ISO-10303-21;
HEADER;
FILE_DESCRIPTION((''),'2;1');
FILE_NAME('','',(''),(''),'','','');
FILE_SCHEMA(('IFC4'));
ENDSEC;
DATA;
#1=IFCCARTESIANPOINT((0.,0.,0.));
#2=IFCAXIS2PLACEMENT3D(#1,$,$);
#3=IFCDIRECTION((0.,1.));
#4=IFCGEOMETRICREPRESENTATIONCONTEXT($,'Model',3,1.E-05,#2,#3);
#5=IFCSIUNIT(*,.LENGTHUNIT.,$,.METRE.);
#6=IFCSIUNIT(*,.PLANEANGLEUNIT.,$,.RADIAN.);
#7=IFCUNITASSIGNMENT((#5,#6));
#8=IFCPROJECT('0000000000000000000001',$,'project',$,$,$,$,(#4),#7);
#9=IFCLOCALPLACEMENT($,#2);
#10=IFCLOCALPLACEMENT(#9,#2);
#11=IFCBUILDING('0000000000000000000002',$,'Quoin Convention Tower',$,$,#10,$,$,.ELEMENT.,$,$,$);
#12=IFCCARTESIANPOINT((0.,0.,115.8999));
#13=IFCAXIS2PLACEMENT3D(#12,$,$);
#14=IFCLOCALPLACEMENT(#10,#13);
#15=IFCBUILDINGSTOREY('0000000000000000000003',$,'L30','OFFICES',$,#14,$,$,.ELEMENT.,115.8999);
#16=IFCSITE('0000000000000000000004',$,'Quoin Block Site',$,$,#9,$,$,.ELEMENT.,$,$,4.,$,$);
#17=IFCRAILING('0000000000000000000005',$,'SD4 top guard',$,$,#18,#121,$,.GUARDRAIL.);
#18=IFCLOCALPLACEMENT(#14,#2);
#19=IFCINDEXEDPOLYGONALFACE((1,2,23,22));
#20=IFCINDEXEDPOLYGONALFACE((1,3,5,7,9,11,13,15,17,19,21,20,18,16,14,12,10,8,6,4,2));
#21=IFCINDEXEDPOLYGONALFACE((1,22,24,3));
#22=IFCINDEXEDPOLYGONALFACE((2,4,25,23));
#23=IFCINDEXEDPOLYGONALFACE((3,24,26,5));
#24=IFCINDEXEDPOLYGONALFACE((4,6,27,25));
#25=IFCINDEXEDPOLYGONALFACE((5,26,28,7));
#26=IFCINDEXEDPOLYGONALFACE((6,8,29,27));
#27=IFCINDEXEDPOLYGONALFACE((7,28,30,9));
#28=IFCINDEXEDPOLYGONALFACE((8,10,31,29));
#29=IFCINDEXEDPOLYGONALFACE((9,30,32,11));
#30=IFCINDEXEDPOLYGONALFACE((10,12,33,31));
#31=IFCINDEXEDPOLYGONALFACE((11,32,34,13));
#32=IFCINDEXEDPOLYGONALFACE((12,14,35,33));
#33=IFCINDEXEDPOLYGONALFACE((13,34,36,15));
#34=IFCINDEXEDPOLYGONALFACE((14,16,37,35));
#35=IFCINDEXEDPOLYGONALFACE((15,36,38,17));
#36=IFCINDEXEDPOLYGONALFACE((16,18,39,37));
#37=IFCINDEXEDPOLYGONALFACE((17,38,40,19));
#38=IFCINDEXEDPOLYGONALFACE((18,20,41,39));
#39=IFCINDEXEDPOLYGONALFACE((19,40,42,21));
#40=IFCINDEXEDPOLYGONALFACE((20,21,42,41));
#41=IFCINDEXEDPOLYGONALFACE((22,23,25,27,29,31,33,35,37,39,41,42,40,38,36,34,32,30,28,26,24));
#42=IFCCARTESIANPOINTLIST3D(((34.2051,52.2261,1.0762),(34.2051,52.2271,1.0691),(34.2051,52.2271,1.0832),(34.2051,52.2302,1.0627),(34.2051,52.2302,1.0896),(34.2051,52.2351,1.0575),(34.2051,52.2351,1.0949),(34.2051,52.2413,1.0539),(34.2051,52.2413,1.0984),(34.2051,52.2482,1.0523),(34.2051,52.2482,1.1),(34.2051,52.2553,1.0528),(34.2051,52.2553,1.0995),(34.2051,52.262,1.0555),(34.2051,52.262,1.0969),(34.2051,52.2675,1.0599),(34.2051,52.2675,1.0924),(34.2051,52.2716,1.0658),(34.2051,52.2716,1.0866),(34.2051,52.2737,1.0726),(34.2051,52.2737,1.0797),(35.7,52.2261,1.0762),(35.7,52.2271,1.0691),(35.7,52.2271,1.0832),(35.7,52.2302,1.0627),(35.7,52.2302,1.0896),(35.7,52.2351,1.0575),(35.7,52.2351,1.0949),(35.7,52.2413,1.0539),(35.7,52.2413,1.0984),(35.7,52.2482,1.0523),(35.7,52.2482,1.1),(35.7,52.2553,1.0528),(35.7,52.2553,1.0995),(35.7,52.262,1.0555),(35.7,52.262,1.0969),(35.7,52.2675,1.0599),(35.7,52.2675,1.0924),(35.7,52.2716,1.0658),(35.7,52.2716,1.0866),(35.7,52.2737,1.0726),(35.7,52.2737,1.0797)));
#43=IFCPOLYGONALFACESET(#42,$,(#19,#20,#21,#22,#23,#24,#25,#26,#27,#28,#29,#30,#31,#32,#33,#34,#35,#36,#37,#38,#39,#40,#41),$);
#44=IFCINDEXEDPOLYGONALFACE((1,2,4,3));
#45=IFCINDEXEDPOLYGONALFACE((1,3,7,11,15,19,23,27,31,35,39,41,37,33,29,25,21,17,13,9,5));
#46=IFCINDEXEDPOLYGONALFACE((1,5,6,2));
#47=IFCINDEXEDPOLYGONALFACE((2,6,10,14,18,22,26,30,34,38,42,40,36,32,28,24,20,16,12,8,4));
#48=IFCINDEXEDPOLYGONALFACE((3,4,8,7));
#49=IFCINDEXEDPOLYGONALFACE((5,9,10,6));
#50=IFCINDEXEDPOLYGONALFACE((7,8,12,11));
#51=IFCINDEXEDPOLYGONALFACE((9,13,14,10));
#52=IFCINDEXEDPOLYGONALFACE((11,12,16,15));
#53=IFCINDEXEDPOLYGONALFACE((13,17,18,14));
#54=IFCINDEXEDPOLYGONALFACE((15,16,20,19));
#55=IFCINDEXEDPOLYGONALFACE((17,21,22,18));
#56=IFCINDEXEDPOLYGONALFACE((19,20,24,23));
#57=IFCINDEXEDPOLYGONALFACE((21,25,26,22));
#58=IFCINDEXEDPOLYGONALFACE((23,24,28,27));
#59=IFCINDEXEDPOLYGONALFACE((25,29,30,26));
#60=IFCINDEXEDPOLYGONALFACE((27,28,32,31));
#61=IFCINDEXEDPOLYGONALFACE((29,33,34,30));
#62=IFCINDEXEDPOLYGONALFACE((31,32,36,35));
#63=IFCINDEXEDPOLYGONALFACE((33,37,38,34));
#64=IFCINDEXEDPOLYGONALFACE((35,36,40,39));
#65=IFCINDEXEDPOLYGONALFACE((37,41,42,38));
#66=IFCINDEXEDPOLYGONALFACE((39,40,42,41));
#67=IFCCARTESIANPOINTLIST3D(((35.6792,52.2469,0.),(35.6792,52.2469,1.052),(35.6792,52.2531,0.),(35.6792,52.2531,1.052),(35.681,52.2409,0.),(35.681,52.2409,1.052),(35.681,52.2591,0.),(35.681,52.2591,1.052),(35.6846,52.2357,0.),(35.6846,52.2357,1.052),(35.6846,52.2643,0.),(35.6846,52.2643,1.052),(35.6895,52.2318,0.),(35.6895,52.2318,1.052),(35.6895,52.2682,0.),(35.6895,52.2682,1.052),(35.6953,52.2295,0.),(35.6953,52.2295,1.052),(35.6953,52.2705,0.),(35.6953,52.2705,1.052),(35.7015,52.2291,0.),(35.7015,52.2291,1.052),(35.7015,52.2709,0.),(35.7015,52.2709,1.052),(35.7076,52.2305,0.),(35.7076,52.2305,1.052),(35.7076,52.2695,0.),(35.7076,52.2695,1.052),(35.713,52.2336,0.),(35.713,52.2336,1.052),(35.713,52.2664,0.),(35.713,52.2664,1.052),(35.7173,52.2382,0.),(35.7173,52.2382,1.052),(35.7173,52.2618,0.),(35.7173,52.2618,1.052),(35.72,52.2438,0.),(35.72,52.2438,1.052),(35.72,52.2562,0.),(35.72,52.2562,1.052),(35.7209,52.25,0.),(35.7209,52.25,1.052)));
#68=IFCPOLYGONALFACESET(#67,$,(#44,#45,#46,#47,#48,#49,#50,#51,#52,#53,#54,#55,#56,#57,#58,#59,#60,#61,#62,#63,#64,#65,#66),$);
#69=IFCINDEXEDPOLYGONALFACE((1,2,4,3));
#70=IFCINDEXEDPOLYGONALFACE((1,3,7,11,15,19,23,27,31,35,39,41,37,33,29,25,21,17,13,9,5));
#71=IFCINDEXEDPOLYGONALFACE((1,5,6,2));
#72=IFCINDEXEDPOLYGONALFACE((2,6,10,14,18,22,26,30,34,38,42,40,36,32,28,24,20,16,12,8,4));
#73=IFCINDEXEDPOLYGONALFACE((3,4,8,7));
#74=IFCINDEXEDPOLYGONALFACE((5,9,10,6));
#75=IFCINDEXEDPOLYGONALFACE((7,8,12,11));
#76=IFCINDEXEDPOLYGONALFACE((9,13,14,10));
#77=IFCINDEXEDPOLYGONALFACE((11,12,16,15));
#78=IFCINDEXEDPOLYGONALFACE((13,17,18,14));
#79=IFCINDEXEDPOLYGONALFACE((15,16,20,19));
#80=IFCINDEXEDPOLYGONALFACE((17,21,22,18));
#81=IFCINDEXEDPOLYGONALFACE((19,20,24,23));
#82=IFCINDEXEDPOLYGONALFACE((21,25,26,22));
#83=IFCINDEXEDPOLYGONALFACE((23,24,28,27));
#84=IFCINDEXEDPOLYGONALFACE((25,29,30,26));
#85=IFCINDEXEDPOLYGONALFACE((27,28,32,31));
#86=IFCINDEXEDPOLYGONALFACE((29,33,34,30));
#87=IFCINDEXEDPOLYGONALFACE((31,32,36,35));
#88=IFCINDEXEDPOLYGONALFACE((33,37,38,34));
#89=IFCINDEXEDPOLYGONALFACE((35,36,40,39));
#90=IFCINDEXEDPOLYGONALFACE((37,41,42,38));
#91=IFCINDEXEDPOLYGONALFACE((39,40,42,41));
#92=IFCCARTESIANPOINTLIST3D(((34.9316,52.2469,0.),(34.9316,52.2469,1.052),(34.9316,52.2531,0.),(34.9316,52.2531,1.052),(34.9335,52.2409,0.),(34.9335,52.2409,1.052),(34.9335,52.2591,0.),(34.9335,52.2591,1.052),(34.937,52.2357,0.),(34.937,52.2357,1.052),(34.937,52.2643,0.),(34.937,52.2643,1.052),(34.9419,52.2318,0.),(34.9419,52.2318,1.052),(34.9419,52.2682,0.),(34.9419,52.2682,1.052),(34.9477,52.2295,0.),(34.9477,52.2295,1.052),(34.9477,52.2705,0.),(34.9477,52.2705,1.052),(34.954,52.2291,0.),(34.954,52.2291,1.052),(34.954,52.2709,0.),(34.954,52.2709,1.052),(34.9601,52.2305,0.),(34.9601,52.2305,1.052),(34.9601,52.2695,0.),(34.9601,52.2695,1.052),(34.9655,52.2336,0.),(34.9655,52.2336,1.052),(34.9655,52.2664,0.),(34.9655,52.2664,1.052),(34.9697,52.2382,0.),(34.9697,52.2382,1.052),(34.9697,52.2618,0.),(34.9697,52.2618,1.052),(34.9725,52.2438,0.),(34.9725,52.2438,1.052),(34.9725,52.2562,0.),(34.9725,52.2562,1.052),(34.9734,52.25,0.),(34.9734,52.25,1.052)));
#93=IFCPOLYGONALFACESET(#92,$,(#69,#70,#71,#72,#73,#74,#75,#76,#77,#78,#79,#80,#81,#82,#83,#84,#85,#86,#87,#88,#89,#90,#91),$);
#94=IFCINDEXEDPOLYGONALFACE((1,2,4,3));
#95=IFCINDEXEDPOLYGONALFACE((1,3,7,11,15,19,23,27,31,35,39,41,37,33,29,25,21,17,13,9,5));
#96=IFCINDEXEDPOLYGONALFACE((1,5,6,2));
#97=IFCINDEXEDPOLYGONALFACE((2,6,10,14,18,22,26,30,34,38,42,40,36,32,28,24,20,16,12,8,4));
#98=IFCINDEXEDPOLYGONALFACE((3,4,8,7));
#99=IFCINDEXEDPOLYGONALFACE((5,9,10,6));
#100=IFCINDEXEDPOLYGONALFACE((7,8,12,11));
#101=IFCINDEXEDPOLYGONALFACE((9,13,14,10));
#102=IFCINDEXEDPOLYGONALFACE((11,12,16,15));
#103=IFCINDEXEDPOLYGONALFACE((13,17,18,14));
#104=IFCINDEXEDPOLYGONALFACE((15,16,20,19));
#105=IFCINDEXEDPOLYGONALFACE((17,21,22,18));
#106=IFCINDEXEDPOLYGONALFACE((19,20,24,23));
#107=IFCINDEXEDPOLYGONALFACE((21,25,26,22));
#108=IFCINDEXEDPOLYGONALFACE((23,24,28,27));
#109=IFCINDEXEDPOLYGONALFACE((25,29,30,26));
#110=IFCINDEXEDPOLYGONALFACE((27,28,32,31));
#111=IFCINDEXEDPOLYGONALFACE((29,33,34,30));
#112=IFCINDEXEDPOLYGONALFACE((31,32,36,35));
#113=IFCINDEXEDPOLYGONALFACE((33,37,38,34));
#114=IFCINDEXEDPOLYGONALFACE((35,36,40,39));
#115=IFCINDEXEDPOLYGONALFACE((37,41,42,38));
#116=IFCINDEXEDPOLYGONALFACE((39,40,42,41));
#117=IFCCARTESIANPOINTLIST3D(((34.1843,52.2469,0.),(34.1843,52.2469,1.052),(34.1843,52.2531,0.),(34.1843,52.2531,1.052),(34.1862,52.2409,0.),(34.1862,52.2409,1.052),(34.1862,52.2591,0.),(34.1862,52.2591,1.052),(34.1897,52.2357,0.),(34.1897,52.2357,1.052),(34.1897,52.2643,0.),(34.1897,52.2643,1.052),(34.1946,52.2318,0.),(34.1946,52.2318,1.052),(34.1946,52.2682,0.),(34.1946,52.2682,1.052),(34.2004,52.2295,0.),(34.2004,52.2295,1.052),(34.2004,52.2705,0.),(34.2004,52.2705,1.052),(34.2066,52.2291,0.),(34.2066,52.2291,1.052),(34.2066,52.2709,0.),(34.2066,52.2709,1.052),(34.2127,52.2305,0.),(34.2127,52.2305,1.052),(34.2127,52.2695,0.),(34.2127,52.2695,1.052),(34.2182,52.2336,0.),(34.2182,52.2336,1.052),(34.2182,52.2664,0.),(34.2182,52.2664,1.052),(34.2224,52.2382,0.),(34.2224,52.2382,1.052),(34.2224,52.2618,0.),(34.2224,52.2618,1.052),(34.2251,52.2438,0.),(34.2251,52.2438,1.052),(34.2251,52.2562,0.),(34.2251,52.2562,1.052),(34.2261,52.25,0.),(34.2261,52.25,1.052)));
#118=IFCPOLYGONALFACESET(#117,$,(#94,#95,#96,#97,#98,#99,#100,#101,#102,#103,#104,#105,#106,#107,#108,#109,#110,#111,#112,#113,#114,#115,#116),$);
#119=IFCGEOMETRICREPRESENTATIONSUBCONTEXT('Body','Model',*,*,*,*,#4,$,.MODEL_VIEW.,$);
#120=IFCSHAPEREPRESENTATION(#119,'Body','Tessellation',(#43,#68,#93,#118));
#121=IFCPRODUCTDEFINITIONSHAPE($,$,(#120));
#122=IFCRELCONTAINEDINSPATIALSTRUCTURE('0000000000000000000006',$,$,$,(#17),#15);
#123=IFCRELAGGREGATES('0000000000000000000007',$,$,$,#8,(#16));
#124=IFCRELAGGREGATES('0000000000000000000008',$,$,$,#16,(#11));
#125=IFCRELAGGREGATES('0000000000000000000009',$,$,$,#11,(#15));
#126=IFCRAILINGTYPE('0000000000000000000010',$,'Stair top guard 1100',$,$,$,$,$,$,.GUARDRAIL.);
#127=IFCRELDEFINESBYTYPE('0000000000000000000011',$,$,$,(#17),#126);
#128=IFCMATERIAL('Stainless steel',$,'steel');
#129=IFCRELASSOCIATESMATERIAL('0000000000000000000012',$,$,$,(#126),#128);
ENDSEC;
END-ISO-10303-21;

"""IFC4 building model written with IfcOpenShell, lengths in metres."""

from ifc_helpers import new_model, si_unit, direction, frame, origin, origin_2d, place, context, subcontext, project, spatial, circle, extrude, material, type_object, element, save


model = new_model("IFC4")

# Units and contexts
model_context = context("Model", 3, precision=1e-05, world=origin(), true_north=direction((0.0, 1.0)))
body_context = subcontext(model_context, "Body", "Model", "MODEL_VIEW")
ifc_project = project(units=[si_unit("LENGTHUNIT", "METRE"), si_unit("PLANEANGLEUNIT", "RADIAN")], contexts=[model_context])

# Site, building, storey
site_placement = place(None, origin())
site = spatial("IfcSite", under=ifc_project, at=site_placement, Name="Quoin Block Site", CompositionType="ELEMENT", RefElevation=4.0)
building_placement = place(site_placement, origin())
building = spatial("IfcBuilding", under=site, at=building_placement, Name="Quoin Convention Tower", CompositionType="ELEMENT")
storey_placement = place(building_placement, frame((0.0, 0.0, 115.8999)))
storey = spatial("IfcBuildingStorey", under=building, at=storey_placement, Name="L30", Description="OFFICES", CompositionType="ELEMENT", Elevation=115.8999)

# Railing
ifc_material_1 = material(Name="Stainless steel", Category="steel")
railing_type = type_object("IfcRailingType", Name="Stair top guard 1100", PredefinedType="GUARDRAIL", material=ifc_material_1)
railing_placement = place(storey_placement, frame((35.7, 52.25, 0.0)))
element("IfcRailing", 1, at=railing_placement, inside=storey, type_object=railing_type, Name="SD4 top guard", PredefinedType="GUARDRAIL", context=body_context, shape_type="SweptSolid", body=[
    extrude(circle(Radius=0.0239, at=origin_2d()), frame((0.0, 0.0, 1.0762), z_axis=(-1.0, 0.0, 0.0), x_axis=(0.0, -1.0, 0.0)), (0.0, 0.0, 1.0), 1.4949),
    extrude(circle(Radius=0.021, at=origin_2d()), origin(), (0.0, 0.0, 1.0), 1.052),
    extrude(circle(Radius=0.021, at=origin_2d()), frame((-0.7476, 0.0, 0.0)), (0.0, 0.0, 1.0), 1.052),
    extrude(circle(Radius=0.021, at=origin_2d()), frame((-1.4949, 0.0, 0.0)), (0.0, 0.0, 1.0), 1.052),
])

save(model, "model.ifc")
